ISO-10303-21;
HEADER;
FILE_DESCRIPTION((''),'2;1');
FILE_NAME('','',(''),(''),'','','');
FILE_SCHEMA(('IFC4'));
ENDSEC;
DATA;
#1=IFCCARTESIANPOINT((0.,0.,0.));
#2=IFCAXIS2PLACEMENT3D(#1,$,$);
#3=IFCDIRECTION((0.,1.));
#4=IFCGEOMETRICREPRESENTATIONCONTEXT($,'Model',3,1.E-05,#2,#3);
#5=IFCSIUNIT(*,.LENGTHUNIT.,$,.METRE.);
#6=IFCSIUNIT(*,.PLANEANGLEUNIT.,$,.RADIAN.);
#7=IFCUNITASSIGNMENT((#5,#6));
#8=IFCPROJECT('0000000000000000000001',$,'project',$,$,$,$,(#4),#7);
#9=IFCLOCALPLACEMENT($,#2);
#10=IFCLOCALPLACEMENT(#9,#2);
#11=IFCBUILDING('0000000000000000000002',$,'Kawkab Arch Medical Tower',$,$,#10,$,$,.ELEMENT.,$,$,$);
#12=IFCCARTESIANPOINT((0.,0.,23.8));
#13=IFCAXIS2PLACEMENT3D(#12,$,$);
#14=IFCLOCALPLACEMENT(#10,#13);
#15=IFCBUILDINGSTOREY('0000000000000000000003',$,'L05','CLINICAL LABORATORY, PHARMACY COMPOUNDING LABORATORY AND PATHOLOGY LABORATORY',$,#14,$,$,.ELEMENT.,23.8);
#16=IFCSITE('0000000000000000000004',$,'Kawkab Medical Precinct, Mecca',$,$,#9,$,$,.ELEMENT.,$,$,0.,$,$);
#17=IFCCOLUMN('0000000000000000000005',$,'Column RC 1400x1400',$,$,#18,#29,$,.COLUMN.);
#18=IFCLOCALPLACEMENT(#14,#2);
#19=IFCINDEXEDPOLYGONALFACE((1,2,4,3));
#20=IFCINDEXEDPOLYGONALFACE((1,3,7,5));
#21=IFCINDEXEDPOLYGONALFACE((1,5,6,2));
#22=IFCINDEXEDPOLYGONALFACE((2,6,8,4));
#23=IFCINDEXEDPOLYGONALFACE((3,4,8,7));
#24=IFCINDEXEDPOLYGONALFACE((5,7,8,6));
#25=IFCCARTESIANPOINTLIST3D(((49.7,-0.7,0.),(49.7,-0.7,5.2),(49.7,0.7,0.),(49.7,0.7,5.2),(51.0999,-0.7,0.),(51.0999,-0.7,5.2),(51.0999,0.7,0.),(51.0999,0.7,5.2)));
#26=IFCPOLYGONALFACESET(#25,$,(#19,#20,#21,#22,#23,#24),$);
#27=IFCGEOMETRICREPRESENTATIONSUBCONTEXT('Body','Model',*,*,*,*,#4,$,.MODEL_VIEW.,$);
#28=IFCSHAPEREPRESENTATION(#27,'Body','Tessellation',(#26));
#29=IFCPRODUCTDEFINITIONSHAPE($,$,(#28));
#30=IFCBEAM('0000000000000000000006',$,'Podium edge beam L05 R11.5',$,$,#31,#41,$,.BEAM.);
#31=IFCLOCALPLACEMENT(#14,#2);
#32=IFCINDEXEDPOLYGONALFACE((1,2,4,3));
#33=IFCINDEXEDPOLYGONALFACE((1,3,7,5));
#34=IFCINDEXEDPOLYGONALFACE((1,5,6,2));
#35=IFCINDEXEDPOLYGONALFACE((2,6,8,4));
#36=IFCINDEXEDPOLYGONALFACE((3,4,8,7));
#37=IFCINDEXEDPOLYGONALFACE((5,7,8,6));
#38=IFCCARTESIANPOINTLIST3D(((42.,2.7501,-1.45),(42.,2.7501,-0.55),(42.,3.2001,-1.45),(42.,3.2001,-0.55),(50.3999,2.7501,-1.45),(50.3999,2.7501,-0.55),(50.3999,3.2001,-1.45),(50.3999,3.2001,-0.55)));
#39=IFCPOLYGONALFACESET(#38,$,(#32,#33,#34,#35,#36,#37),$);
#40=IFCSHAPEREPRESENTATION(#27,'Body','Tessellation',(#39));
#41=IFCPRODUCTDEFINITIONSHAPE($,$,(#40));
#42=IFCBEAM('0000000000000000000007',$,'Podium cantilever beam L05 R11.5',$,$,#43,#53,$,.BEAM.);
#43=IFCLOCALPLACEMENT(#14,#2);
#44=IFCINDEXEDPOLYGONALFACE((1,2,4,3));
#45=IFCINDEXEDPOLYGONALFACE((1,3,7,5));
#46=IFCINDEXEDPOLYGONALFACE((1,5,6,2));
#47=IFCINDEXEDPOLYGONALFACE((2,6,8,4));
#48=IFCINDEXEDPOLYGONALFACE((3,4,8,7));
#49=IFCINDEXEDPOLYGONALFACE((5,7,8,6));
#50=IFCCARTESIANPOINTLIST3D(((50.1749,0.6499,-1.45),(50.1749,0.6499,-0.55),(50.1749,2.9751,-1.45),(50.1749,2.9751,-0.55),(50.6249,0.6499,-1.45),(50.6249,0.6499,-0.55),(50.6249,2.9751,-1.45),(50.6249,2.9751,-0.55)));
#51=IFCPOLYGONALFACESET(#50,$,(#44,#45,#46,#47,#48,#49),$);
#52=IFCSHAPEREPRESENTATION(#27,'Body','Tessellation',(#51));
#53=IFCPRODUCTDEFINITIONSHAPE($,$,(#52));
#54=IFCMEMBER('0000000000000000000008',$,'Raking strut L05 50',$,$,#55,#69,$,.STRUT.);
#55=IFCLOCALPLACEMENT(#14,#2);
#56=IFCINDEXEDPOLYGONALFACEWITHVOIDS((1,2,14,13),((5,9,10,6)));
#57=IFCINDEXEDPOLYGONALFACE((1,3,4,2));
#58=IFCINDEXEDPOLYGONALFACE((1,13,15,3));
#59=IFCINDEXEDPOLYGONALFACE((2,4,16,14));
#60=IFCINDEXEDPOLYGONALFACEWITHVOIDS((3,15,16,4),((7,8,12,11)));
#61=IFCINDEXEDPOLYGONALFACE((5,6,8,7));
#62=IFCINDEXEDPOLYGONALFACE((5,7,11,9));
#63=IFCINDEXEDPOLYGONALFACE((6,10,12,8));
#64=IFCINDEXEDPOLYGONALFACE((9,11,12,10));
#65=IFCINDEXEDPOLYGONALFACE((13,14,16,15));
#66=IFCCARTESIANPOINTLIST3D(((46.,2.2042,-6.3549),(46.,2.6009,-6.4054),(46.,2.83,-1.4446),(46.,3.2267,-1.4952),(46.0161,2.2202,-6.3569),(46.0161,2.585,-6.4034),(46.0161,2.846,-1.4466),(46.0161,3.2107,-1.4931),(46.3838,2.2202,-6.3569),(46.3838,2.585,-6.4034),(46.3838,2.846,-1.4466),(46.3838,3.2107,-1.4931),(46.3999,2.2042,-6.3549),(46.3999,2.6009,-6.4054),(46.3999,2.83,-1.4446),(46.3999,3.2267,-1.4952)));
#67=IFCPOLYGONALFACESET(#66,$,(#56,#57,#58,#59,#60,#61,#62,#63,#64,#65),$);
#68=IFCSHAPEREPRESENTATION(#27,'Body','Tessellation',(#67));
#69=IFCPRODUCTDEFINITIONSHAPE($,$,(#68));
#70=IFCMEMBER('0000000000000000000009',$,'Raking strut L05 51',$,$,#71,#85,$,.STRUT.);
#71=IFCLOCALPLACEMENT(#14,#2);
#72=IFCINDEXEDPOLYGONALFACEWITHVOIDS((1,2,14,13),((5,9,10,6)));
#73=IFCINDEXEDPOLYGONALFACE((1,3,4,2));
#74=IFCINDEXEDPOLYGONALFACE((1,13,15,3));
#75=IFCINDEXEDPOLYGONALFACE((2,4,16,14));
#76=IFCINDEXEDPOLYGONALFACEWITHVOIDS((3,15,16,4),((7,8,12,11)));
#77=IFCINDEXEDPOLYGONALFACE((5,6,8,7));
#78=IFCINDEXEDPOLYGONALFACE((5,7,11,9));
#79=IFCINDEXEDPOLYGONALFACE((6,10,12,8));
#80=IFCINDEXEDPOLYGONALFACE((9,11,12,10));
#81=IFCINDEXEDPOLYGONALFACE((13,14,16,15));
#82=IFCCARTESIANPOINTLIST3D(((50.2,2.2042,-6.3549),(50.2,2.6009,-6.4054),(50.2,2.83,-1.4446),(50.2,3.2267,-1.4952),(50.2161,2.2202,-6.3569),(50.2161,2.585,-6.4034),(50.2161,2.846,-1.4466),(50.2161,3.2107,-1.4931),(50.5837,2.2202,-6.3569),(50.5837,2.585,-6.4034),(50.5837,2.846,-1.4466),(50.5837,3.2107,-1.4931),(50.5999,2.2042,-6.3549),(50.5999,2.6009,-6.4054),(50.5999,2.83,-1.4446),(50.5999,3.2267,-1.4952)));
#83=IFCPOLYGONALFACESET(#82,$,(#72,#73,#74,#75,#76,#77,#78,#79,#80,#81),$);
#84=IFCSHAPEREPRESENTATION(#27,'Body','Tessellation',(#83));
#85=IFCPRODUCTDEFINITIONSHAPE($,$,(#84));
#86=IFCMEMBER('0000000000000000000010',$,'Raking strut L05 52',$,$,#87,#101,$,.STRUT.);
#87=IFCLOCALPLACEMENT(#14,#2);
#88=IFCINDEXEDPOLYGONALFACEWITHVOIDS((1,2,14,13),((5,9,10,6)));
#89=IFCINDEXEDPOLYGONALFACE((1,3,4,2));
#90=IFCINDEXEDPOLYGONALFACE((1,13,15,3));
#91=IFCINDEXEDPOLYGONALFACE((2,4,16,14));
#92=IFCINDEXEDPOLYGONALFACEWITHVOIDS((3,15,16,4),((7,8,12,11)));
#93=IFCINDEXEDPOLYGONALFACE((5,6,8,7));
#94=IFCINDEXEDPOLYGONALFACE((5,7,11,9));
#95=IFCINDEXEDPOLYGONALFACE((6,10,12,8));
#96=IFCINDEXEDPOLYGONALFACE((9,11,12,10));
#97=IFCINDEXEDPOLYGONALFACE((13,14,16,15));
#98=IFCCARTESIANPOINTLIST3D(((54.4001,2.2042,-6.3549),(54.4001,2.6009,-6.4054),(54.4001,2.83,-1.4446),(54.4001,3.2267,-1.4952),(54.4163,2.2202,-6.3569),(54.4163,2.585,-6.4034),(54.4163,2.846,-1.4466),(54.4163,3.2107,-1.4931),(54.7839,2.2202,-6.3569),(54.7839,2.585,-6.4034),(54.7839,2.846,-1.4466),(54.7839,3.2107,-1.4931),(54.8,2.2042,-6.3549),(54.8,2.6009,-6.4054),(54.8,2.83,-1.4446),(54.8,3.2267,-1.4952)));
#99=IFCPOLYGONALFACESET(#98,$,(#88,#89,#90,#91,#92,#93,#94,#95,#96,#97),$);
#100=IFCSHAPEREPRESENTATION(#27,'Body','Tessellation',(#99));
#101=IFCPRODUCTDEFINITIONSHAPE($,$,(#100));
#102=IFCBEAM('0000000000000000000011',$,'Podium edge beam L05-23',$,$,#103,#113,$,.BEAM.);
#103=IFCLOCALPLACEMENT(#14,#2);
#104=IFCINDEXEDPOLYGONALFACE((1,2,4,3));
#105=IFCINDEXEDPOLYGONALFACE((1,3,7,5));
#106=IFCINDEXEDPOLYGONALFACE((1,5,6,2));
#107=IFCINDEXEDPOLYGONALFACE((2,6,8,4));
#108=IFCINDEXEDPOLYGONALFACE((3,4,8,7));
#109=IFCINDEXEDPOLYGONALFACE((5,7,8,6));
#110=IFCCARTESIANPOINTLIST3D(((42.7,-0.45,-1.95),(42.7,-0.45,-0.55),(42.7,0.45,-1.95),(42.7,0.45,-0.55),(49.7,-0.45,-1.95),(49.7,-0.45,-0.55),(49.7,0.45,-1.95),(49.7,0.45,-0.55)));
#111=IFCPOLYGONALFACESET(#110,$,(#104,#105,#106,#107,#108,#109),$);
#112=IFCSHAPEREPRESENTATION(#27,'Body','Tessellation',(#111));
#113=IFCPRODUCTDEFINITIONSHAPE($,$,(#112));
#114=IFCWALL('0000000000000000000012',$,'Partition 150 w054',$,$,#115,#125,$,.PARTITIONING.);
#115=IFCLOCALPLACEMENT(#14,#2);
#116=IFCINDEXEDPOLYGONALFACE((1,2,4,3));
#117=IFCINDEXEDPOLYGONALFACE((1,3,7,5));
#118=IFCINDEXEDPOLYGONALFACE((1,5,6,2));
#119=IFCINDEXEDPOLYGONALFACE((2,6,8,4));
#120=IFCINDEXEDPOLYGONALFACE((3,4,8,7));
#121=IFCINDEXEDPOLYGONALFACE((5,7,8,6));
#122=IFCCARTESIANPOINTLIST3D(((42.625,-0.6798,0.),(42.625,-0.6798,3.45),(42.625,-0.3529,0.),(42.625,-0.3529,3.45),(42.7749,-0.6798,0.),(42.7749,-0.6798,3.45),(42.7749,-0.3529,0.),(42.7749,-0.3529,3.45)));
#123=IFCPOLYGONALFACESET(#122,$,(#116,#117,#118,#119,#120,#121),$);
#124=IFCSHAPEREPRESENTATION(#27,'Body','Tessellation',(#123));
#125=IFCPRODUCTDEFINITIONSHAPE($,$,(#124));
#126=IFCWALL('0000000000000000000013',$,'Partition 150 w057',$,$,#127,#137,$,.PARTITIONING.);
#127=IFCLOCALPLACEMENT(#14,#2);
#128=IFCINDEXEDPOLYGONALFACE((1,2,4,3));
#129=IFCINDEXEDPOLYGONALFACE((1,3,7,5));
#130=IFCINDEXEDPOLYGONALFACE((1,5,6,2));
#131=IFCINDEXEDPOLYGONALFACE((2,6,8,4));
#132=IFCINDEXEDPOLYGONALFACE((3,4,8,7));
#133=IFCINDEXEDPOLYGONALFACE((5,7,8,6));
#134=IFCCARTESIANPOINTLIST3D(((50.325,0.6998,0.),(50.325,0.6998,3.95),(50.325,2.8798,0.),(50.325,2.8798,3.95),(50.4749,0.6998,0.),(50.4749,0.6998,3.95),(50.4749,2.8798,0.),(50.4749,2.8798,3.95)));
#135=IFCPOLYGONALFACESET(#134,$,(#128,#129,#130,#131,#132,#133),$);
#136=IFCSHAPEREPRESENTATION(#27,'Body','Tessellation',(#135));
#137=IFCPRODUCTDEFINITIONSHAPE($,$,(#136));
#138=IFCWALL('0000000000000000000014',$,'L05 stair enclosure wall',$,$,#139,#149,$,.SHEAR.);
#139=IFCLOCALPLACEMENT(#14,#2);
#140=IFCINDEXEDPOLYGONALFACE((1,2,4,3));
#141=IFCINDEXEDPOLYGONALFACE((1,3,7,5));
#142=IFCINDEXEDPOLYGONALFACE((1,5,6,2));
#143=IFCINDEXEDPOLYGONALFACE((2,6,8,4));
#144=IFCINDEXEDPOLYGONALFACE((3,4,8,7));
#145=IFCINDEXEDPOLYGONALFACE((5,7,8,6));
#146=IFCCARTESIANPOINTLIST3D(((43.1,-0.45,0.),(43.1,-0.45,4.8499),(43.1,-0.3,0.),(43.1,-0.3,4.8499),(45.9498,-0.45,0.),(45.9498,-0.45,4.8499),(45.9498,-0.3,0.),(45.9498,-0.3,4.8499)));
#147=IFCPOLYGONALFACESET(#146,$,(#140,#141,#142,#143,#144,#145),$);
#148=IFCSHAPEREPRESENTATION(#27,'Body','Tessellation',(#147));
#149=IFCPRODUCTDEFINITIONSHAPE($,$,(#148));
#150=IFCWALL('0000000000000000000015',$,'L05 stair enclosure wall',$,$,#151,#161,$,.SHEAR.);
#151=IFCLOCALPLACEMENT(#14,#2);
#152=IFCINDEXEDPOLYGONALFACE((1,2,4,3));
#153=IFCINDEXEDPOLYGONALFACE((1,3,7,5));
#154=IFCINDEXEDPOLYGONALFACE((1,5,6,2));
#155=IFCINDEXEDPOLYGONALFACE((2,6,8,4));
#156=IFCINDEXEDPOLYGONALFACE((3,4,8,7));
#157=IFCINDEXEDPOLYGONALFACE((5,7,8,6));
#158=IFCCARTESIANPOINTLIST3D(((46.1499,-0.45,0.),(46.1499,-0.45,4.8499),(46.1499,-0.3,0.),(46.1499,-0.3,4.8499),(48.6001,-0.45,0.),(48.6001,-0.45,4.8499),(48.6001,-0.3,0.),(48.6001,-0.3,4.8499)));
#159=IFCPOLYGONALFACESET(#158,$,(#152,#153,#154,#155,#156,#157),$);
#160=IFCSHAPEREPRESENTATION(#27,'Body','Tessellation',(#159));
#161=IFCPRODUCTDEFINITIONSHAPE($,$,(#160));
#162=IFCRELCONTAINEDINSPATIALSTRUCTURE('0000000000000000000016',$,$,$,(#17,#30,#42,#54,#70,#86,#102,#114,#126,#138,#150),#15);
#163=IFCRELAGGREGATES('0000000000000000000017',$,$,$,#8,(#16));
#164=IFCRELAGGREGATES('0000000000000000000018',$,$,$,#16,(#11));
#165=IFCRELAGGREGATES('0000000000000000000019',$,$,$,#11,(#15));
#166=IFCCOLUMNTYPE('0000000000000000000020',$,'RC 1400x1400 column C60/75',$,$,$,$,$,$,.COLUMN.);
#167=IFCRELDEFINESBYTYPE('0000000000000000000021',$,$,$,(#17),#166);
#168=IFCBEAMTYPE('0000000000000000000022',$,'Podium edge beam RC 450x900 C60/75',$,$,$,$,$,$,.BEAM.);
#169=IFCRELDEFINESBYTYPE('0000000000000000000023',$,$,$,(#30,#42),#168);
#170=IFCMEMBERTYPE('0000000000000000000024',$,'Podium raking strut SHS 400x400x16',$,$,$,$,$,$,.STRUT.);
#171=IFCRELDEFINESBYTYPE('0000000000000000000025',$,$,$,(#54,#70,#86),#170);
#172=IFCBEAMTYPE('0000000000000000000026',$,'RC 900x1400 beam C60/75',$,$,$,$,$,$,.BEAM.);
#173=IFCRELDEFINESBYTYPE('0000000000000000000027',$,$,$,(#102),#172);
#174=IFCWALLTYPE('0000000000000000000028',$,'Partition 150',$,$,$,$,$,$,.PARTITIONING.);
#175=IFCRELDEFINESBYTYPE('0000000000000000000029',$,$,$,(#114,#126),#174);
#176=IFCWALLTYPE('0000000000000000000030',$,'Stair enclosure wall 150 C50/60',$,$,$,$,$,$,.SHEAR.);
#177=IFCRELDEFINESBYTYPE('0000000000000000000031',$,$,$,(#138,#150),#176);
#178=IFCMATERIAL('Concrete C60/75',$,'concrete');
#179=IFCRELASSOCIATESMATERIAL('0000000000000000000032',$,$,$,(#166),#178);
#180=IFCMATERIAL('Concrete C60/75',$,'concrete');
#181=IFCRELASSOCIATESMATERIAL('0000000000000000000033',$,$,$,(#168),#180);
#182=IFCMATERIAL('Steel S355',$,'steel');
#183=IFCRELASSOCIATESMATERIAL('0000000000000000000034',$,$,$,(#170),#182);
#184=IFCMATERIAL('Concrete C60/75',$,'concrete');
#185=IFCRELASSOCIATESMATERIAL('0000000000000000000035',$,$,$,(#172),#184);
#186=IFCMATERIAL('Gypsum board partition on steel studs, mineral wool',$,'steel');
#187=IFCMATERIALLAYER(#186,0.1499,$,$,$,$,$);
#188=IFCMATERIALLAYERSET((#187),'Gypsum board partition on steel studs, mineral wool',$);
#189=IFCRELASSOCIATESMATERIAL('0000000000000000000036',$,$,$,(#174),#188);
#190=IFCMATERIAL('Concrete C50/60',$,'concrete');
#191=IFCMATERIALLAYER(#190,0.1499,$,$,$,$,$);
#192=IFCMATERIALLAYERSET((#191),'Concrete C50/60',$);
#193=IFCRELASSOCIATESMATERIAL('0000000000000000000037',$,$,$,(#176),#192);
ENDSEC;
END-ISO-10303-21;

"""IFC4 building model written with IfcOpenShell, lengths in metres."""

from ifc_helpers import new_model, si_unit, direction, frame, frame_2d, origin, origin_2d, place, context, subcontext, project, spatial, rectangle, hollow_rectangle, extrude, material, layer, layer_set, material_profile, profile_set, type_object, element, save


model = new_model("IFC4")

# Units and contexts
model_context = context("Model", 3, precision=1e-05, world=origin(), true_north=direction((0.0, 1.0)))
body_context = subcontext(model_context, "Body", "Model", "MODEL_VIEW")
ifc_project = project(units=[si_unit("LENGTHUNIT", "METRE"), si_unit("PLANEANGLEUNIT", "RADIAN")], contexts=[model_context])

# Site, building, storey
site_placement = place(None, origin())
site = spatial("IfcSite", under=ifc_project, at=site_placement, Name="Kawkab Medical Precinct, Mecca", CompositionType="ELEMENT", RefElevation=0.0)
building_placement = place(site_placement, origin())
building = spatial("IfcBuilding", under=site, at=building_placement, Name="Kawkab Arch Medical Tower", CompositionType="ELEMENT")
storey_placement = place(building_placement, frame((0.0, 0.0, 23.8)))
storey = spatial("IfcBuildingStorey", under=building, at=storey_placement, Name="L05", Description="CLINICAL LABORATORY, PHARMACY COMPOUNDING LABORATORY AND PATHOLOGY LABORATORY", CompositionType="ELEMENT", Elevation=23.8)

# Column
ifc_material_1 = material(Name="Concrete C60/75", Category="concrete")
ifc_material_profile_1 = material_profile(ifc_material_1, rectangle(XDim=1.3999, YDim=1.3999, at=origin_2d()), Name="RC 1400x1400")
ifc_profile_set_1 = profile_set([ifc_material_profile_1], Name="Concrete C60/75")
column_type = type_object("IfcColumnType", Name="RC 1400x1400 column C60/75", PredefinedType="COLUMN", material=ifc_profile_set_1)
column_placement = place(storey_placement, frame((50.3999, 0.0, 0.0), z_axis=(0.0, 0.0, 1.0), x_axis=(1.0, 0.0, 0.0)))
element("IfcColumn", 1, at=column_placement, inside=storey, type_object=column_type, Name="Column RC 1400x1400", PredefinedType="COLUMN", context=body_context, shape_type="SweptSolid", body=[
    extrude(rectangle(XDim=1.3999, YDim=1.3999, at=origin_2d()), origin(), (0.0, 0.0, 1.0), 5.2),
])

# Beams
ifc_material_2 = material(Name="Concrete C60/75", Category="concrete")
ifc_material_profile_2 = material_profile(ifc_material_2, rectangle(XDim=0.45, YDim=0.8999, at=origin_2d()), Name="RC 450x900")
ifc_profile_set_2 = profile_set([ifc_material_profile_2], Name="Concrete C60/75")
beam_type_1 = type_object("IfcBeamType", Name="Podium edge beam RC 450x900 C60/75", PredefinedType="BEAM", material=ifc_profile_set_2)
beam_1_placement = place(storey_placement, frame((50.3999, 2.9751, -1.0), z_axis=(-1.0, 0.0, 0.0), x_axis=(0.0, -1.0, 0.0)))
element("IfcBeam", 2, at=beam_1_placement, inside=storey, type_object=beam_type_1, Name="Podium edge beam L05 R11.5", PredefinedType="BEAM", context=body_context, shape_type="SweptSolid", body=[
    extrude(rectangle(XDim=0.45, YDim=0.8999, at=origin_2d()), origin(), (0.0, 0.0, 1.0), 8.3999),
])
beam_2_placement = place(storey_placement, frame((50.3999, 0.6499, -1.0), z_axis=(0.0, 1.0, 0.0), x_axis=(-1.0, 0.0, 0.0)))
element("IfcBeam", 3, at=beam_2_placement, inside=storey, type_object=beam_type_1, Name="Podium cantilever beam L05 R11.5", PredefinedType="BEAM", context=body_context, shape_type="SweptSolid", body=[
    extrude(rectangle(XDim=0.45, YDim=0.8999, at=origin_2d()), origin(), (0.0, 0.0, 1.0), 2.3252),
])

# Members
ifc_material_3 = material(Name="Steel S355", Category="steel")
ifc_material_profile_3 = material_profile(ifc_material_3, hollow_rectangle(XDim=0.3999, YDim=0.3999, WallThickness=0.0161, at=origin_2d()), Name="SHS 400x400x16")
ifc_profile_set_3 = profile_set([ifc_material_profile_3], Name="Steel S355")
member_type = type_object("IfcMemberType", Name="Podium raking strut SHS 400x400x16", PredefinedType="STRUT", material=ifc_profile_set_3)
for number, where, z_axis, x_axis, name in (
    (4, (46.2, 2.4026, -6.3801), (0.0, 0.126414, 0.991978), (-1.0, 0.0, 0.0), "Raking strut L05 50"),
    (5, (50.3999, 2.4026, -6.3801), (0.0, 0.126414, 0.991978), (-1.0, 0.0, 0.0), "Raking strut L05 51"),
    (6, (54.6001, 2.4026, -6.3801), (0.0, 0.126414, 0.991978), (-1.0, 0.0, 0.0), "Raking strut L05 52"),
):
    element("IfcMember", number, at=place(storey_placement, frame(where, z_axis=z_axis, x_axis=x_axis)), inside=storey, type_object=member_type, Name=name, PredefinedType="STRUT", context=body_context, shape_type="SweptSolid", body=[
        extrude(hollow_rectangle(XDim=0.3999, YDim=0.3999, WallThickness=0.0161, at=origin_2d()), origin(), (0.0, 0.0, 1.0), 4.95),
    ])

# Beam
ifc_material_4 = material(Name="Concrete C60/75", Category="concrete")
ifc_material_profile_4 = material_profile(ifc_material_4, rectangle(XDim=0.8999, YDim=1.3999, at=origin_2d()), Name="RC 900x1400")
ifc_profile_set_4 = profile_set([ifc_material_profile_4], Name="Concrete C60/75")
beam_type_2 = type_object("IfcBeamType", Name="RC 900x1400 beam C60/75", PredefinedType="BEAM", material=ifc_profile_set_4)
beam_3_placement = place(storey_placement, frame((49.7, 0.0, -1.25), z_axis=(-1.0, 0.0, 0.0), x_axis=(0.0, -1.0, 0.0)))
element("IfcBeam", 7, at=beam_3_placement, inside=storey, type_object=beam_type_2, Name="Podium edge beam L05-23", PredefinedType="BEAM", context=body_context, shape_type="SweptSolid", body=[
    extrude(rectangle(XDim=0.8999, YDim=1.3999, at=origin_2d()), origin(), (0.0, 0.0, 1.0), 7.0),
])

# Walls
ifc_material_5 = material(Name="Gypsum board partition on steel studs, mineral wool", Category="steel")
ifc_layer_1 = layer(ifc_material_5, 0.1499)
ifc_layer_set_1 = layer_set([ifc_layer_1], Name="Gypsum board partition on steel studs, mineral wool")
wall_type_1 = type_object("IfcWallType", Name="Partition 150", PredefinedType="PARTITIONING", material=ifc_layer_set_1)
wall_1_placement = place(storey_placement, frame((42.7, -0.6799, 0.0), z_axis=(0.0, 0.0, 1.0), x_axis=(0.0, 1.0, 0.0)))
element("IfcWall", 8, at=wall_1_placement, inside=storey, type_object=wall_type_1, Name="Partition 150 w054", PredefinedType="PARTITIONING", context=body_context, shape_type="SweptSolid", body=[
    extrude(rectangle(XDim=0.3269, YDim=0.1499, at=frame_2d((0.1636, 0.0))), origin(), (0.0, 0.0, 1.0), 3.45),
])
wall_2_placement = place(storey_placement, frame((50.3999, 0.7, 0.0), z_axis=(0.0, 0.0, 1.0), x_axis=(0.0, 1.0, 0.0)))
element("IfcWall", 9, at=wall_2_placement, inside=storey, type_object=wall_type_1, Name="Partition 150 w057", PredefinedType="PARTITIONING", context=body_context, shape_type="SweptSolid", body=[
    extrude(rectangle(XDim=2.1799, YDim=0.1499, at=frame_2d((1.0898, 0.0))), origin(), (0.0, 0.0, 1.0), 3.95),
])
ifc_material_6 = material(Name="Concrete C50/60", Category="concrete")
ifc_layer_2 = layer(ifc_material_6, 0.1499)
ifc_layer_set_2 = layer_set([ifc_layer_2], Name="Concrete C50/60")
wall_type_2 = type_object("IfcWallType", Name="Stair enclosure wall 150 C50/60", PredefinedType="SHEAR", material=ifc_layer_set_2)
wall_3_placement = place(storey_placement, frame((43.1001, -0.375, 0.0), z_axis=(0.0, 0.0, 1.0), x_axis=(1.0, 0.0, 0.0)))
element("IfcWall", 10, at=wall_3_placement, inside=storey, type_object=wall_type_2, Name="L05 stair enclosure wall", PredefinedType="SHEAR", context=body_context, shape_type="SweptSolid", body=[
    extrude(rectangle(XDim=2.8499, YDim=0.1499, at=frame_2d((1.4248, 0.0))), origin(), (0.0, 0.0, 1.0), 4.8499),
])
wall_4_placement = place(storey_placement, frame((46.1499, -0.375, 0.0), z_axis=(0.0, 0.0, 1.0), x_axis=(1.0, 0.0, 0.0)))
element("IfcWall", 11, at=wall_4_placement, inside=storey, type_object=wall_type_2, Name="L05 stair enclosure wall", PredefinedType="SHEAR", context=body_context, shape_type="SweptSolid", body=[
    extrude(rectangle(XDim=2.4502, YDim=0.1499, at=frame_2d((1.2251, 0.0))), origin(), (0.0, 0.0, 1.0), 4.8499),
])

save(model, "model.ifc")
